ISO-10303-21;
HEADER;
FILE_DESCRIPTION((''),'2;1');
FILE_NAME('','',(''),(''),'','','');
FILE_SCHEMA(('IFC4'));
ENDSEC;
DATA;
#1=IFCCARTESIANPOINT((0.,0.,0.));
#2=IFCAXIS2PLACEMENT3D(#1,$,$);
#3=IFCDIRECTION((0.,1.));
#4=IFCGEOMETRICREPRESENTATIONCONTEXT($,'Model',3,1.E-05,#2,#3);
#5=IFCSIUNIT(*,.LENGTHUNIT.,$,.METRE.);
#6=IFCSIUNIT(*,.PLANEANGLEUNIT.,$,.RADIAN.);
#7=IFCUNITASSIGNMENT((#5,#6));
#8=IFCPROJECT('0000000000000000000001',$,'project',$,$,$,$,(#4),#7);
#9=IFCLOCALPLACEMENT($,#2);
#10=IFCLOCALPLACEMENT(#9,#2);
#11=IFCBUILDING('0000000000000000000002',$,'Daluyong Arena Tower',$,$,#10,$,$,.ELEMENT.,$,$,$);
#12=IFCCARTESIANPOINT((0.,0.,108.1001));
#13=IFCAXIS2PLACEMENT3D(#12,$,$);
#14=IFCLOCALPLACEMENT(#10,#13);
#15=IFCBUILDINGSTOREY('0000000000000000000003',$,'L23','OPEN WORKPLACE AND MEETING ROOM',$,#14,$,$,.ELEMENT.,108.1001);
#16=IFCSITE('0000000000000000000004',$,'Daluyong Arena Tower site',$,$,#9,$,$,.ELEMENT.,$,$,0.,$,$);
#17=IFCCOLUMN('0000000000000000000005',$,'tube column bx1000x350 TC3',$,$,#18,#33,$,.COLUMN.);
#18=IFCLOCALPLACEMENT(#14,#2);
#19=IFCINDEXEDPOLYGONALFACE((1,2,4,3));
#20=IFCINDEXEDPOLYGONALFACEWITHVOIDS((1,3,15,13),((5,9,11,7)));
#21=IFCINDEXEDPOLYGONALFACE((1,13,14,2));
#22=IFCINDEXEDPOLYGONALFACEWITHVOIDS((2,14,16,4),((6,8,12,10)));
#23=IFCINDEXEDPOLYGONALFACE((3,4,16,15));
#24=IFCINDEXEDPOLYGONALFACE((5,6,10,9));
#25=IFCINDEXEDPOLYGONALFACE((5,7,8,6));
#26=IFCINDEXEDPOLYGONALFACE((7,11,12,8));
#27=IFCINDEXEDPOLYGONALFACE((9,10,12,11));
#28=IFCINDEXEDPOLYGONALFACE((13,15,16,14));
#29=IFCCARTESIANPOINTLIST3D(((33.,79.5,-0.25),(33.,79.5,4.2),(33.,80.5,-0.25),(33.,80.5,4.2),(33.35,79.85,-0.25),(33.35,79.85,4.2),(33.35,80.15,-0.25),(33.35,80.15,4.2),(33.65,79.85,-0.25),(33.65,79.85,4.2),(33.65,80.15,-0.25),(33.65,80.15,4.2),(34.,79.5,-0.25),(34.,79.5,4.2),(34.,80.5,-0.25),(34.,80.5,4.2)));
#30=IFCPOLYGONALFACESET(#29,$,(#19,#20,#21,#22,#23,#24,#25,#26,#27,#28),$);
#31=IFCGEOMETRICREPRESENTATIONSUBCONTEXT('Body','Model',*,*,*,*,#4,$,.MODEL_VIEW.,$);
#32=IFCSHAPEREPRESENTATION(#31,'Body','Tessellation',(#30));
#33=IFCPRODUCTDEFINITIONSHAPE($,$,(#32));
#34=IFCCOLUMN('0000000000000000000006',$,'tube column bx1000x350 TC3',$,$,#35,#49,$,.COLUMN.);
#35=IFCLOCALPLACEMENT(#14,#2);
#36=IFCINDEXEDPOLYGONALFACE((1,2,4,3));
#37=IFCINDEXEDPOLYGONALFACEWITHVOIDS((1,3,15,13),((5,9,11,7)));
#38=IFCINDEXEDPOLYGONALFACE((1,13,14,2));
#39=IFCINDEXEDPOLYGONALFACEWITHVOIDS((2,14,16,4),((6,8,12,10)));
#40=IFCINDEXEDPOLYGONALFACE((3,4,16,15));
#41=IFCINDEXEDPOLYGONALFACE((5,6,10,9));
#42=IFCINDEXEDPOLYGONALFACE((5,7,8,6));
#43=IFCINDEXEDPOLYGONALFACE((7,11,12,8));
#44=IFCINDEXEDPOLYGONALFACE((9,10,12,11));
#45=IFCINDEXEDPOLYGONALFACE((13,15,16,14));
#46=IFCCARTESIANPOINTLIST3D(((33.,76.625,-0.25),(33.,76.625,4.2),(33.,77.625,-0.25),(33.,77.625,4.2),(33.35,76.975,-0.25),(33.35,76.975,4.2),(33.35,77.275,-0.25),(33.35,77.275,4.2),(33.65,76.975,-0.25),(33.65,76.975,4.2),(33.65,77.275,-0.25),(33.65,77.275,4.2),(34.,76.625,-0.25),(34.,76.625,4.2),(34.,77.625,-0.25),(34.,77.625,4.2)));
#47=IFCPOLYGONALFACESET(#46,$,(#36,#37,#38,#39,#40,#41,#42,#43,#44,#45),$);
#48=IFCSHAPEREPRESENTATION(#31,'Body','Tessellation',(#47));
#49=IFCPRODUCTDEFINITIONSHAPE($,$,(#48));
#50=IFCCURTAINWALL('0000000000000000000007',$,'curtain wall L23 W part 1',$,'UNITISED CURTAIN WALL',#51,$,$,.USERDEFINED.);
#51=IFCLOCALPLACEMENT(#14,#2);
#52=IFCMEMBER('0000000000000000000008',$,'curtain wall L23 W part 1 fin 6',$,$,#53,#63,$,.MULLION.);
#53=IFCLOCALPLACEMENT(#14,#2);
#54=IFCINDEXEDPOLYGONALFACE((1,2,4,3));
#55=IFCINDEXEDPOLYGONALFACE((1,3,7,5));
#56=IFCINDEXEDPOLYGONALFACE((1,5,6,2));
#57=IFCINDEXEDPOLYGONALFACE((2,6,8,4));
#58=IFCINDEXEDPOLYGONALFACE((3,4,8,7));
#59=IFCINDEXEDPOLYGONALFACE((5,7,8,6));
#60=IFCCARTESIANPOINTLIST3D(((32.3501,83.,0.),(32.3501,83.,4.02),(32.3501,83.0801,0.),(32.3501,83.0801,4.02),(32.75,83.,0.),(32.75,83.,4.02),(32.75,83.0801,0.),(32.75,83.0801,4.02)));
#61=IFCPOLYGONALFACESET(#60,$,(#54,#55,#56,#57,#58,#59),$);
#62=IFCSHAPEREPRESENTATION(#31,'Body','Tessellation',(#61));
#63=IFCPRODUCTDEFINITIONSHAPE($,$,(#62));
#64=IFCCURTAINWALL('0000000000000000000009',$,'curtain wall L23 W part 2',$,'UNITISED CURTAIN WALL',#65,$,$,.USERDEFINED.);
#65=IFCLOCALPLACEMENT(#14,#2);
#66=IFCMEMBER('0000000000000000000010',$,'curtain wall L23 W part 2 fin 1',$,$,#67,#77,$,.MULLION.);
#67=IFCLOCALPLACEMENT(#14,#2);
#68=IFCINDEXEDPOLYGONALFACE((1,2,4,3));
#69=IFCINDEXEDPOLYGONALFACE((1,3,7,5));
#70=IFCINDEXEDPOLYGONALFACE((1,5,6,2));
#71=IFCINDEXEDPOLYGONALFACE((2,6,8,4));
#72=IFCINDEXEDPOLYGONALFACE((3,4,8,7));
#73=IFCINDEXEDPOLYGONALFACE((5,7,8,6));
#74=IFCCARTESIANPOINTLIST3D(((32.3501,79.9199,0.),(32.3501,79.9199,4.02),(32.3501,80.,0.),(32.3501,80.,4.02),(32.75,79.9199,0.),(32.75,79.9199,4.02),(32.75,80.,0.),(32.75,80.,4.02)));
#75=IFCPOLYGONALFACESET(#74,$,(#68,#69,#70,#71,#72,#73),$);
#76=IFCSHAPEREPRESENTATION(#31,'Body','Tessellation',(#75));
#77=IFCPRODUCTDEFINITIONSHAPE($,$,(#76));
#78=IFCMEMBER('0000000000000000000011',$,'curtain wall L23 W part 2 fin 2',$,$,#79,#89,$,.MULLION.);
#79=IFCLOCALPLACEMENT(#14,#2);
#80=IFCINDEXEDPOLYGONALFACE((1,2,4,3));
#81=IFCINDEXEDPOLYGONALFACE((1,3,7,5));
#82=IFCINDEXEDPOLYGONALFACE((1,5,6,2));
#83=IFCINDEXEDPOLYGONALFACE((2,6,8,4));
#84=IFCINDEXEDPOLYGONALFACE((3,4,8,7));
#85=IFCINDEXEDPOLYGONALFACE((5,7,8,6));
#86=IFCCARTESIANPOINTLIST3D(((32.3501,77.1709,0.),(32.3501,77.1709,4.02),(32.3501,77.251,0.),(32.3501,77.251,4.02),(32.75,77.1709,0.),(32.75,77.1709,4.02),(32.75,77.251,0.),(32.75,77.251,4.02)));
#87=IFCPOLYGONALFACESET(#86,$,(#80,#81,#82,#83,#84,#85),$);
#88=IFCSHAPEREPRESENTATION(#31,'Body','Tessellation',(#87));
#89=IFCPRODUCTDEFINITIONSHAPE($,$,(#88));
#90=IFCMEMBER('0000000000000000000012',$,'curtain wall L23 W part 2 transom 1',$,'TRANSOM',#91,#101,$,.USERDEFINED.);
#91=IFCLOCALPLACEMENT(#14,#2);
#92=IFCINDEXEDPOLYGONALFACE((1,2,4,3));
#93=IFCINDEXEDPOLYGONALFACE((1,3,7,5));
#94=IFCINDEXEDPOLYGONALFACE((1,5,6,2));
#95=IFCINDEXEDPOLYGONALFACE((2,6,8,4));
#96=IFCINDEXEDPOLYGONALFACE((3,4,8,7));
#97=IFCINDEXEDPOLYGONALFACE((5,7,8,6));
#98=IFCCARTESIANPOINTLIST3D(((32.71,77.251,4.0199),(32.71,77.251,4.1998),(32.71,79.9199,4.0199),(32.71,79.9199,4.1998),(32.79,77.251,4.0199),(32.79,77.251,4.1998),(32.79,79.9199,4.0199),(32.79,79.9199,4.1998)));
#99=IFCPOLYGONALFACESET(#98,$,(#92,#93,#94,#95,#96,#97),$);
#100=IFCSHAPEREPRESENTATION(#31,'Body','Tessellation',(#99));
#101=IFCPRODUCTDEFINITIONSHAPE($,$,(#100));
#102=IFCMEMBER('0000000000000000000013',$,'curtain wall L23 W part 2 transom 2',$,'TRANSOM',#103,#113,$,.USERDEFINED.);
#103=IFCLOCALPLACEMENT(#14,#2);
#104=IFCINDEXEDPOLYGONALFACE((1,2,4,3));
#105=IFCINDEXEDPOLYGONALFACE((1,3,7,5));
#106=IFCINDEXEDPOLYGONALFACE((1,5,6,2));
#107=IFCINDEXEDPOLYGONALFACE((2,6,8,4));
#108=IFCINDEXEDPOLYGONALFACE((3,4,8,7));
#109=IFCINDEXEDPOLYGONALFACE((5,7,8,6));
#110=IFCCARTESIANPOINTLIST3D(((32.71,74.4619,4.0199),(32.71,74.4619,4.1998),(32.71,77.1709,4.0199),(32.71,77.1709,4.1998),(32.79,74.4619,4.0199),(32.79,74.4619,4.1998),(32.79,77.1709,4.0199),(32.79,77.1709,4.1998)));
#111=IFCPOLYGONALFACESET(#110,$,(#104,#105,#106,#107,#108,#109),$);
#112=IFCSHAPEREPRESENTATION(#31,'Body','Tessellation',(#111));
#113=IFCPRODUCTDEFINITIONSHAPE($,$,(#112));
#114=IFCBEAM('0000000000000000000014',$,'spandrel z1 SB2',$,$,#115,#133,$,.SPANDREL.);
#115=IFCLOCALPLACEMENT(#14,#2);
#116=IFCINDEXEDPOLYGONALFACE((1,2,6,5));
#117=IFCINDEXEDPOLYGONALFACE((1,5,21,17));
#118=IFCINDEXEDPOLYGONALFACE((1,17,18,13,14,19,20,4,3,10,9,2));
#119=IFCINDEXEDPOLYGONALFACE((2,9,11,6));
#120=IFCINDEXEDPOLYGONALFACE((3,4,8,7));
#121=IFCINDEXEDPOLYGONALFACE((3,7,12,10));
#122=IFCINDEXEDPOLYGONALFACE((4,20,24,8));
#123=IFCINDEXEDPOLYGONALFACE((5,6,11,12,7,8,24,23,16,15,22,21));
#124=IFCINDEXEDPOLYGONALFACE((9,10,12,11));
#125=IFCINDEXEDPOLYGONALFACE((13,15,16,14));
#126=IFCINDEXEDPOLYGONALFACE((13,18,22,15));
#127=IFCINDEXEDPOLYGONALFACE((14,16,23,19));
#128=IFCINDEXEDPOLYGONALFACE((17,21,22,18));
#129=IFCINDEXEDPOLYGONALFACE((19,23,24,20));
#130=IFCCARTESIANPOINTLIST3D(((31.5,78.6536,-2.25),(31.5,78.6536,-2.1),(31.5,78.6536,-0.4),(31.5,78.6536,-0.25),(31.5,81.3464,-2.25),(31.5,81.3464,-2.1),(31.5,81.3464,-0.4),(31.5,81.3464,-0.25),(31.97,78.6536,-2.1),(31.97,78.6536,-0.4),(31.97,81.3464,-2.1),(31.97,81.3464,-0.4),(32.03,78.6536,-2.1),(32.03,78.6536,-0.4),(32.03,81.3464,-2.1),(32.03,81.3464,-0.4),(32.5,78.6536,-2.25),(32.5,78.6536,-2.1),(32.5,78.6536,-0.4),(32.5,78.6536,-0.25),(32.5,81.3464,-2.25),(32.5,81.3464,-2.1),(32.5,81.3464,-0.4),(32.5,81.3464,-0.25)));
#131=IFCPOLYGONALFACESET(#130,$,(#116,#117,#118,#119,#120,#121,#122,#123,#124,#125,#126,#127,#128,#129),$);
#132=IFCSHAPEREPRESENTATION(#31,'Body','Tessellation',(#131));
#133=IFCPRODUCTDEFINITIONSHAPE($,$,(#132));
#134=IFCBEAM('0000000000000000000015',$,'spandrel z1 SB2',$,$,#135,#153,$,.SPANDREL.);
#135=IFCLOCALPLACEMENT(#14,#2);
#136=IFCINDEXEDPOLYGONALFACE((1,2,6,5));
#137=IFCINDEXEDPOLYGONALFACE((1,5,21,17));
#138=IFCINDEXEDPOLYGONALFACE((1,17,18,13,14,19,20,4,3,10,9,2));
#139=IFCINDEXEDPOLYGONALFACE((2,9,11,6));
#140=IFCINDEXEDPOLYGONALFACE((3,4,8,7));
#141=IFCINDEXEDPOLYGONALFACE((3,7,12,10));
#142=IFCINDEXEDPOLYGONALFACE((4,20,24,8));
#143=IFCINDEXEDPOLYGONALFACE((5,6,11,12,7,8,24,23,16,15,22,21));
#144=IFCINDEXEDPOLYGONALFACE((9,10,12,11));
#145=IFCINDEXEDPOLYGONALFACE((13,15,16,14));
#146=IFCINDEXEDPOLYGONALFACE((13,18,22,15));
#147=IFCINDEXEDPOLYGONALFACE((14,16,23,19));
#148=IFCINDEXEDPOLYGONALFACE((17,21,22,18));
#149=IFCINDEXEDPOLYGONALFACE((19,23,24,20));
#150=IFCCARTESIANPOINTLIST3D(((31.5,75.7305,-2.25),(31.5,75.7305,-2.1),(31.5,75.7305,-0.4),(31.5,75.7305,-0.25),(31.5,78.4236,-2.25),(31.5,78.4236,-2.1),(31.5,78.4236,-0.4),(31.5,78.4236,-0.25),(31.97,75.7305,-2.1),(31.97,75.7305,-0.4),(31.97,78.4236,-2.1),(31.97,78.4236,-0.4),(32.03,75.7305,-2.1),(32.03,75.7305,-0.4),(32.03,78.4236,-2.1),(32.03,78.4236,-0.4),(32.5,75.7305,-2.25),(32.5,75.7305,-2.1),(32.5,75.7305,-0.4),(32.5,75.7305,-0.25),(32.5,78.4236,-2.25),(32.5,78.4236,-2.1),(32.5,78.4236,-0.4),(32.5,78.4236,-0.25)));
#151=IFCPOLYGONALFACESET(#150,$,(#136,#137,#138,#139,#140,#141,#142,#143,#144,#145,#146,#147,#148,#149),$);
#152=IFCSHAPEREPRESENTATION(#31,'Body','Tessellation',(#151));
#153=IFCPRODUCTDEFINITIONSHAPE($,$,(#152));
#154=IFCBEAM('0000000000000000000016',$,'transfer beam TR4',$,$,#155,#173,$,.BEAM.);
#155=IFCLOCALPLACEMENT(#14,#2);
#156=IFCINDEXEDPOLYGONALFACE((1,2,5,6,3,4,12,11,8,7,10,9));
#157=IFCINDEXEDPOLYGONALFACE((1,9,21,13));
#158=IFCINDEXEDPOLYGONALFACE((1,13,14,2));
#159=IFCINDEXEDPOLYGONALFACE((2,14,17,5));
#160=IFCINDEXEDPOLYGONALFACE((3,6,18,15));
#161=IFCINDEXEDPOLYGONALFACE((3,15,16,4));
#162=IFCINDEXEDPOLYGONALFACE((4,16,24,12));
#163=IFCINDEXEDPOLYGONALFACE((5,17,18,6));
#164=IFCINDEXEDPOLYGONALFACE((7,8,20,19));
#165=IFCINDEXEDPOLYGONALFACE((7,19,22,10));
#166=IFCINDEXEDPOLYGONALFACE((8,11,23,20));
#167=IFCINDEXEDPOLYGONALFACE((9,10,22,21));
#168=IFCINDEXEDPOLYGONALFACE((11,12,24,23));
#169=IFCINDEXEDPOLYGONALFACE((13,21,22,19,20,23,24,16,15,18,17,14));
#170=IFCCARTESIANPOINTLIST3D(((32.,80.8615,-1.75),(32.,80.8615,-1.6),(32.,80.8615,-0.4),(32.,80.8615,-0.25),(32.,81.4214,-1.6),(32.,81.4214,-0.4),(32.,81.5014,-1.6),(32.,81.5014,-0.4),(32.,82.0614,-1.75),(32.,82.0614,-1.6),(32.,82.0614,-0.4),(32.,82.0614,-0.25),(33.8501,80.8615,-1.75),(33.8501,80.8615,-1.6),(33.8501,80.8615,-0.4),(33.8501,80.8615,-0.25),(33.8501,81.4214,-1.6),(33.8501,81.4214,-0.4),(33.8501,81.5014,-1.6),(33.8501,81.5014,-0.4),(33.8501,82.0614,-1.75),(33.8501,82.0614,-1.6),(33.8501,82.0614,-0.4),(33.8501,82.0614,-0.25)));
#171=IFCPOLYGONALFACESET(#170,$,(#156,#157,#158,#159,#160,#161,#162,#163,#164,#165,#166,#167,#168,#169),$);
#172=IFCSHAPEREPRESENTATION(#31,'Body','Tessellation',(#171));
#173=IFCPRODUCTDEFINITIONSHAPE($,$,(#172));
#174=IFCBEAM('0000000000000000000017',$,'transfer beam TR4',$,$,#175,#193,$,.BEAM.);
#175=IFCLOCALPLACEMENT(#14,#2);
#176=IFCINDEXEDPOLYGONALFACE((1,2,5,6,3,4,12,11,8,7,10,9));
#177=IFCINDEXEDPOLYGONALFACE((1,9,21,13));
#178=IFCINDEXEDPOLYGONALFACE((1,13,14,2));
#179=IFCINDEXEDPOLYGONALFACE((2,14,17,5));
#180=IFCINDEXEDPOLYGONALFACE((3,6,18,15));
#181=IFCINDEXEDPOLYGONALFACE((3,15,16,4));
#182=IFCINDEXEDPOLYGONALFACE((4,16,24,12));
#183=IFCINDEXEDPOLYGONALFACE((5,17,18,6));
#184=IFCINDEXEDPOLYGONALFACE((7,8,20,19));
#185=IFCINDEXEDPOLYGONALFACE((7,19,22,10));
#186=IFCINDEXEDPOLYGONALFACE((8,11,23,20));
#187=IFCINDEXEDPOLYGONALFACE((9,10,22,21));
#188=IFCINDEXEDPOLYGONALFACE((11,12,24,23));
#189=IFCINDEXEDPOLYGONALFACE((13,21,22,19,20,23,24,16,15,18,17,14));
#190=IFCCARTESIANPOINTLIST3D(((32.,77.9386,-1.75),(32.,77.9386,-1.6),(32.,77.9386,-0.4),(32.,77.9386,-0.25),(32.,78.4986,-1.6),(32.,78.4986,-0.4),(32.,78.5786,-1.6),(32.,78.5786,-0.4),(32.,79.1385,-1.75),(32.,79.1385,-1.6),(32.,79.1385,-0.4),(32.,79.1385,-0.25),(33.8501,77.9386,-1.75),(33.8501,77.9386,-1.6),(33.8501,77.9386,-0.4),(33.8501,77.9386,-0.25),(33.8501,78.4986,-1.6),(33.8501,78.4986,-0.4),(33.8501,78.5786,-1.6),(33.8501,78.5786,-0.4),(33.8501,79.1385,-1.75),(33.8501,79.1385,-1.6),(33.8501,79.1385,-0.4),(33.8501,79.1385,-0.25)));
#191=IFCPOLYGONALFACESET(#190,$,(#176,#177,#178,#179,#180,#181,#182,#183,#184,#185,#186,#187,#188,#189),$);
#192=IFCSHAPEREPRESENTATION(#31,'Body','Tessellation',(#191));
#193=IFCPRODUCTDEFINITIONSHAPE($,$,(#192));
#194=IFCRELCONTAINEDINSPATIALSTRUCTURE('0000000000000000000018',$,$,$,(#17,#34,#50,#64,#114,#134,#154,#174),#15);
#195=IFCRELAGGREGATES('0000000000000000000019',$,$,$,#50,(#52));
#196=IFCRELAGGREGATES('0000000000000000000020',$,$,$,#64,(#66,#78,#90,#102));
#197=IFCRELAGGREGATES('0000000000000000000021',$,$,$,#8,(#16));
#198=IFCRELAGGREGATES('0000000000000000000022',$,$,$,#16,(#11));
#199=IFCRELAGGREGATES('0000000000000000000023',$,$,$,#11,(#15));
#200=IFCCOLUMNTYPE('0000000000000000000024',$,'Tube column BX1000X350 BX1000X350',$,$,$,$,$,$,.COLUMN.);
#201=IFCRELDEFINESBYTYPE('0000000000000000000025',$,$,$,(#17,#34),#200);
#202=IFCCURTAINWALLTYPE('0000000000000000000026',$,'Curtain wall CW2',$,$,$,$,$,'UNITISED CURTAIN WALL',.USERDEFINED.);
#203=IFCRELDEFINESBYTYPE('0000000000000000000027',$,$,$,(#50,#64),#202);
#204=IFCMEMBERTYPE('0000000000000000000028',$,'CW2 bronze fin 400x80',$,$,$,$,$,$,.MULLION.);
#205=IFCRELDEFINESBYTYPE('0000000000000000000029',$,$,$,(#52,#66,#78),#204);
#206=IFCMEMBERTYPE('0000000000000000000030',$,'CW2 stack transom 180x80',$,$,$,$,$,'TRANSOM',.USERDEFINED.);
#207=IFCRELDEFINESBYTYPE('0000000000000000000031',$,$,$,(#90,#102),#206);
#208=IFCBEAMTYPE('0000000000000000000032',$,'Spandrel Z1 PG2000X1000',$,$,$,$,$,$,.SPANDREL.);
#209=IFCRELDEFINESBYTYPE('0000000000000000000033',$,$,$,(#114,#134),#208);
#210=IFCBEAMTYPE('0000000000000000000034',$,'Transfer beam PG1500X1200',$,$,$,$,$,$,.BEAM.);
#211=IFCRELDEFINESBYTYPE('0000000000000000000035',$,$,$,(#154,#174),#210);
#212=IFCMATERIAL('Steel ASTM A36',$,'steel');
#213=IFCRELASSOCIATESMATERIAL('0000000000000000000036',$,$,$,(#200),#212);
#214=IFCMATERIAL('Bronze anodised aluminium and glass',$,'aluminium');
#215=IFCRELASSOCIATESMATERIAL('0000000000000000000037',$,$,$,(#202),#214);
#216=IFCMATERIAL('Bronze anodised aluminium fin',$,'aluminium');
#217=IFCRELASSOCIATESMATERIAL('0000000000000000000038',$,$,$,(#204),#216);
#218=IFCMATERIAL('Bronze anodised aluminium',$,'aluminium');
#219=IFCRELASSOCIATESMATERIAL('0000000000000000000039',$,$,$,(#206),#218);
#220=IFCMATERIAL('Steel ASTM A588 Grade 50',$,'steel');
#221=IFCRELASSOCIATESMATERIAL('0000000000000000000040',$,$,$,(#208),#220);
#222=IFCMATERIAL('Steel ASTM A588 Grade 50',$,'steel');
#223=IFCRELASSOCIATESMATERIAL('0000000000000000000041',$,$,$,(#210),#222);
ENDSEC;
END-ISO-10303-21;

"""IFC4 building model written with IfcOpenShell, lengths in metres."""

from ifc_helpers import new_model, si_unit, direction, frame, origin, origin_2d, place, context, subcontext, project, spatial, rectangle, hollow_rectangle, i_section, extrude, material, material_profile, profile_set, type_object, element, aggregate, save


model = new_model("IFC4")

# Units and contexts
model_context = context("Model", 3, precision=1e-05, world=origin(), true_north=direction((0.0, 1.0)))
body_context = subcontext(model_context, "Body", "Model", "MODEL_VIEW")
ifc_project = project(units=[si_unit("LENGTHUNIT", "METRE"), si_unit("PLANEANGLEUNIT", "RADIAN")], contexts=[model_context])

# Site, building, storey
site_placement = place(None, origin())
site = spatial("IfcSite", under=ifc_project, at=site_placement, Name="Daluyong Arena Tower site", CompositionType="ELEMENT", RefElevation=0.0)
building_placement = place(site_placement, origin())
building = spatial("IfcBuilding", under=site, at=building_placement, Name="Daluyong Arena Tower", CompositionType="ELEMENT")
storey_placement = place(building_placement, frame((0.0, 0.0, 108.1001)))
storey = spatial("IfcBuildingStorey", under=building, at=storey_placement, Name="L23", Description="OPEN WORKPLACE AND MEETING ROOM", CompositionType="ELEMENT", Elevation=108.1001)

# Columns
ifc_material_1 = material(Name="Steel ASTM A36", Category="steel")
ifc_material_profile_1 = material_profile(ifc_material_1, hollow_rectangle(XDim=1.0, YDim=1.0, WallThickness=0.35, at=origin_2d()))
ifc_profile_set_1 = profile_set([ifc_material_profile_1], Name="Steel ASTM A36")
column_type = type_object("IfcColumnType", Name="Tube column BX1000X350 BX1000X350", PredefinedType="COLUMN", material=ifc_profile_set_1)
for number, where, z_axis, x_axis, name in (
    (1, (33.5, 80.0, -0.25), (0.0, 0.0, 1.0), (0.0, 1.0, 0.0), "tube column bx1000x350 TC3"),
    (2, (33.5, 77.125, -0.25), (0.0, 0.0, 1.0), (0.0, 1.0, 0.0), "tube column bx1000x350 TC3"),
):
    element("IfcColumn", number, at=place(storey_placement, frame(where, z_axis=z_axis, x_axis=x_axis)), inside=storey, type_object=column_type, Name=name, PredefinedType="COLUMN", context=body_context, shape_type="SweptSolid", body=[
        extrude(hollow_rectangle(XDim=1.0, YDim=1.0, WallThickness=0.35, at=origin_2d()), origin(), (0.0, 0.0, 1.0), 4.45),
    ])

# Curtain wall, member
ifc_material_2 = material(Name="Bronze anodised aluminium and glass", Category="aluminium")
curtain_wall_type = type_object("IfcCurtainWallType", Name="Curtain wall CW2", ElementType="UNITISED CURTAIN WALL", PredefinedType="USERDEFINED", material=ifc_material_2)
curtain_wall_1_placement = place(storey_placement, origin())
curtain_wall_1 = element("IfcCurtainWall", 3, at=curtain_wall_1_placement, inside=storey, type_object=curtain_wall_type, Name="curtain wall L23 W part 1", ObjectType="UNITISED CURTAIN WALL", PredefinedType="USERDEFINED")
ifc_material_3 = material(Name="Bronze anodised aluminium fin", Category="aluminium")
ifc_material_profile_2 = material_profile(ifc_material_3, rectangle(XDim=0.3999, YDim=0.0801, at=origin_2d()))
ifc_profile_set_2 = profile_set([ifc_material_profile_2], Name="Bronze anodised aluminium fin")
member_type_1 = type_object("IfcMemberType", Name="CW2 bronze fin 400x80", PredefinedType="MULLION", material=ifc_profile_set_2)
member_1_placement = place(storey_placement, frame((32.55, 83.04, 0.0), z_axis=(0.0, 0.0, 1.0), x_axis=(1.0, 0.0, 0.0)))
member_1 = element("IfcMember", 4, at=member_1_placement, type_object=member_type_1, Name="curtain wall L23 W part 1 fin 6", PredefinedType="MULLION", context=body_context, shape_type="SweptSolid", body=[
    extrude(rectangle(XDim=0.3999, YDim=0.0801, at=origin_2d()), origin(), (0.0, 0.0, 1.0), 4.02),
])
aggregate(curtain_wall_1, [member_1])

# Curtain wall, members
curtain_wall_2_placement = place(storey_placement, origin())
curtain_wall_2 = element("IfcCurtainWall", 5, at=curtain_wall_2_placement, inside=storey, type_object=curtain_wall_type, Name="curtain wall L23 W part 2", ObjectType="UNITISED CURTAIN WALL", PredefinedType="USERDEFINED")
member_2_placement = place(storey_placement, frame((32.55, 79.96, 0.0), z_axis=(0.0, 0.0, 1.0), x_axis=(1.0, 0.0, 0.0)))
member_2 = element("IfcMember", 6, at=member_2_placement, type_object=member_type_1, Name="curtain wall L23 W part 2 fin 1", PredefinedType="MULLION", context=body_context, shape_type="SweptSolid", body=[
    extrude(rectangle(XDim=0.3999, YDim=0.0801, at=origin_2d()), origin(), (0.0, 0.0, 1.0), 4.02),
])
member_3_placement = place(storey_placement, frame((32.55, 77.2109, 0.0), z_axis=(0.0, 0.0, 1.0), x_axis=(1.0, 0.0, 0.0)))
member_3 = element("IfcMember", 7, at=member_3_placement, type_object=member_type_1, Name="curtain wall L23 W part 2 fin 2", PredefinedType="MULLION", context=body_context, shape_type="SweptSolid", body=[
    extrude(rectangle(XDim=0.3999, YDim=0.0801, at=origin_2d()), origin(), (0.0, 0.0, 1.0), 4.02),
])
ifc_material_4 = material(Name="Bronze anodised aluminium", Category="aluminium")
ifc_material_profile_3 = material_profile(ifc_material_4, rectangle(XDim=0.0801, YDim=0.1799, at=origin_2d()))
ifc_profile_set_3 = profile_set([ifc_material_profile_3], Name="Bronze anodised aluminium")
member_type_2 = type_object("IfcMemberType", Name="CW2 stack transom 180x80", ElementType="TRANSOM", PredefinedType="USERDEFINED", material=ifc_profile_set_3)
member_4_placement = place(storey_placement, frame((32.75, 79.9199, 4.1099), z_axis=(0.0, -1.0, 0.0), x_axis=(1.0, 0.0, 0.0)))
member_4 = element("IfcMember", 8, at=member_4_placement, type_object=member_type_2, Name="curtain wall L23 W part 2 transom 1", ObjectType="TRANSOM", PredefinedType="USERDEFINED", context=body_context, shape_type="SweptSolid", body=[
    extrude(rectangle(XDim=0.0801, YDim=0.1799, at=origin_2d()), origin(), (0.0, 0.0, 1.0), 2.6689),
])
member_5_placement = place(storey_placement, frame((32.75, 77.1709, 4.1099), z_axis=(0.0, -1.0, 0.0), x_axis=(1.0, 0.0, 0.0)))
member_5 = element("IfcMember", 9, at=member_5_placement, type_object=member_type_2, Name="curtain wall L23 W part 2 transom 2", ObjectType="TRANSOM", PredefinedType="USERDEFINED", context=body_context, shape_type="SweptSolid", body=[
    extrude(rectangle(XDim=0.0801, YDim=0.1799, at=origin_2d()), origin(), (0.0, 0.0, 1.0), 2.709),
])

# Beams
ifc_material_5 = material(Name="Steel ASTM A588 Grade 50", Category="steel")
ifc_material_profile_4 = material_profile(ifc_material_5, i_section(OverallWidth=1.0, OverallDepth=2.0, WebThickness=0.06, FlangeThickness=0.15, at=origin_2d()))
ifc_profile_set_4 = profile_set([ifc_material_profile_4], Name="Steel ASTM A588 Grade 50")
beam_type_1 = type_object("IfcBeamType", Name="Spandrel Z1 PG2000X1000", PredefinedType="SPANDREL", material=ifc_profile_set_4)
beam_1_placement = place(storey_placement, frame((32.0, 81.3464, -1.25), z_axis=(0.0, -1.0, 0.0), x_axis=(1.0, 0.0, 0.0)))
element("IfcBeam", 10, at=beam_1_placement, inside=storey, type_object=beam_type_1, Name="spandrel z1 SB2", PredefinedType="SPANDREL", context=body_context, shape_type="SweptSolid", body=[
    extrude(i_section(OverallWidth=1.0, OverallDepth=2.0, WebThickness=0.06, FlangeThickness=0.15, at=origin_2d()), origin(), (0.0, 0.0, 1.0), 2.6929),
])
beam_2_placement = place(storey_placement, frame((32.0, 78.4236, -1.25), z_axis=(0.0, -1.0, 0.0), x_axis=(1.0, 0.0, 0.0)))
element("IfcBeam", 11, at=beam_2_placement, inside=storey, type_object=beam_type_1, Name="spandrel z1 SB2", PredefinedType="SPANDREL", context=body_context, shape_type="SweptSolid", body=[
    extrude(i_section(OverallWidth=1.0, OverallDepth=2.0, WebThickness=0.06, FlangeThickness=0.15, at=origin_2d()), origin(), (0.0, 0.0, 1.0), 2.6931),
])
ifc_material_6 = material(Name="Steel ASTM A588 Grade 50", Category="steel")
ifc_material_profile_5 = material_profile(ifc_material_6, i_section(OverallWidth=1.2, OverallDepth=1.5, WebThickness=0.08, FlangeThickness=0.15, at=origin_2d()))
ifc_profile_set_5 = profile_set([ifc_material_profile_5], Name="Steel ASTM A588 Grade 50")
beam_type_2 = type_object("IfcBeamType", Name="Transfer beam PG1500X1200", PredefinedType="BEAM", material=ifc_profile_set_5)
for number, where, z_axis, x_axis, name in (
    (12, (32.0, 81.4614, -1.0), (1.0, 0.0, 0.0), (0.0, 1.0, 0.0), "transfer beam TR4"),
    (13, (32.0, 78.5386, -1.0), (1.0, 0.0, 0.0), (0.0, 1.0, 0.0), "transfer beam TR4"),
):
    element("IfcBeam", number, at=place(storey_placement, frame(where, z_axis=z_axis, x_axis=x_axis)), inside=storey, type_object=beam_type_2, Name=name, PredefinedType="BEAM", context=body_context, shape_type="SweptSolid", body=[
        extrude(i_section(OverallWidth=1.2, OverallDepth=1.5, WebThickness=0.08, FlangeThickness=0.15, at=origin_2d()), origin(), (0.0, 0.0, 1.0), 1.8501),
    ])

aggregate(curtain_wall_2, [member_2, member_3, member_4, member_5])

save(model, "model.ifc")
